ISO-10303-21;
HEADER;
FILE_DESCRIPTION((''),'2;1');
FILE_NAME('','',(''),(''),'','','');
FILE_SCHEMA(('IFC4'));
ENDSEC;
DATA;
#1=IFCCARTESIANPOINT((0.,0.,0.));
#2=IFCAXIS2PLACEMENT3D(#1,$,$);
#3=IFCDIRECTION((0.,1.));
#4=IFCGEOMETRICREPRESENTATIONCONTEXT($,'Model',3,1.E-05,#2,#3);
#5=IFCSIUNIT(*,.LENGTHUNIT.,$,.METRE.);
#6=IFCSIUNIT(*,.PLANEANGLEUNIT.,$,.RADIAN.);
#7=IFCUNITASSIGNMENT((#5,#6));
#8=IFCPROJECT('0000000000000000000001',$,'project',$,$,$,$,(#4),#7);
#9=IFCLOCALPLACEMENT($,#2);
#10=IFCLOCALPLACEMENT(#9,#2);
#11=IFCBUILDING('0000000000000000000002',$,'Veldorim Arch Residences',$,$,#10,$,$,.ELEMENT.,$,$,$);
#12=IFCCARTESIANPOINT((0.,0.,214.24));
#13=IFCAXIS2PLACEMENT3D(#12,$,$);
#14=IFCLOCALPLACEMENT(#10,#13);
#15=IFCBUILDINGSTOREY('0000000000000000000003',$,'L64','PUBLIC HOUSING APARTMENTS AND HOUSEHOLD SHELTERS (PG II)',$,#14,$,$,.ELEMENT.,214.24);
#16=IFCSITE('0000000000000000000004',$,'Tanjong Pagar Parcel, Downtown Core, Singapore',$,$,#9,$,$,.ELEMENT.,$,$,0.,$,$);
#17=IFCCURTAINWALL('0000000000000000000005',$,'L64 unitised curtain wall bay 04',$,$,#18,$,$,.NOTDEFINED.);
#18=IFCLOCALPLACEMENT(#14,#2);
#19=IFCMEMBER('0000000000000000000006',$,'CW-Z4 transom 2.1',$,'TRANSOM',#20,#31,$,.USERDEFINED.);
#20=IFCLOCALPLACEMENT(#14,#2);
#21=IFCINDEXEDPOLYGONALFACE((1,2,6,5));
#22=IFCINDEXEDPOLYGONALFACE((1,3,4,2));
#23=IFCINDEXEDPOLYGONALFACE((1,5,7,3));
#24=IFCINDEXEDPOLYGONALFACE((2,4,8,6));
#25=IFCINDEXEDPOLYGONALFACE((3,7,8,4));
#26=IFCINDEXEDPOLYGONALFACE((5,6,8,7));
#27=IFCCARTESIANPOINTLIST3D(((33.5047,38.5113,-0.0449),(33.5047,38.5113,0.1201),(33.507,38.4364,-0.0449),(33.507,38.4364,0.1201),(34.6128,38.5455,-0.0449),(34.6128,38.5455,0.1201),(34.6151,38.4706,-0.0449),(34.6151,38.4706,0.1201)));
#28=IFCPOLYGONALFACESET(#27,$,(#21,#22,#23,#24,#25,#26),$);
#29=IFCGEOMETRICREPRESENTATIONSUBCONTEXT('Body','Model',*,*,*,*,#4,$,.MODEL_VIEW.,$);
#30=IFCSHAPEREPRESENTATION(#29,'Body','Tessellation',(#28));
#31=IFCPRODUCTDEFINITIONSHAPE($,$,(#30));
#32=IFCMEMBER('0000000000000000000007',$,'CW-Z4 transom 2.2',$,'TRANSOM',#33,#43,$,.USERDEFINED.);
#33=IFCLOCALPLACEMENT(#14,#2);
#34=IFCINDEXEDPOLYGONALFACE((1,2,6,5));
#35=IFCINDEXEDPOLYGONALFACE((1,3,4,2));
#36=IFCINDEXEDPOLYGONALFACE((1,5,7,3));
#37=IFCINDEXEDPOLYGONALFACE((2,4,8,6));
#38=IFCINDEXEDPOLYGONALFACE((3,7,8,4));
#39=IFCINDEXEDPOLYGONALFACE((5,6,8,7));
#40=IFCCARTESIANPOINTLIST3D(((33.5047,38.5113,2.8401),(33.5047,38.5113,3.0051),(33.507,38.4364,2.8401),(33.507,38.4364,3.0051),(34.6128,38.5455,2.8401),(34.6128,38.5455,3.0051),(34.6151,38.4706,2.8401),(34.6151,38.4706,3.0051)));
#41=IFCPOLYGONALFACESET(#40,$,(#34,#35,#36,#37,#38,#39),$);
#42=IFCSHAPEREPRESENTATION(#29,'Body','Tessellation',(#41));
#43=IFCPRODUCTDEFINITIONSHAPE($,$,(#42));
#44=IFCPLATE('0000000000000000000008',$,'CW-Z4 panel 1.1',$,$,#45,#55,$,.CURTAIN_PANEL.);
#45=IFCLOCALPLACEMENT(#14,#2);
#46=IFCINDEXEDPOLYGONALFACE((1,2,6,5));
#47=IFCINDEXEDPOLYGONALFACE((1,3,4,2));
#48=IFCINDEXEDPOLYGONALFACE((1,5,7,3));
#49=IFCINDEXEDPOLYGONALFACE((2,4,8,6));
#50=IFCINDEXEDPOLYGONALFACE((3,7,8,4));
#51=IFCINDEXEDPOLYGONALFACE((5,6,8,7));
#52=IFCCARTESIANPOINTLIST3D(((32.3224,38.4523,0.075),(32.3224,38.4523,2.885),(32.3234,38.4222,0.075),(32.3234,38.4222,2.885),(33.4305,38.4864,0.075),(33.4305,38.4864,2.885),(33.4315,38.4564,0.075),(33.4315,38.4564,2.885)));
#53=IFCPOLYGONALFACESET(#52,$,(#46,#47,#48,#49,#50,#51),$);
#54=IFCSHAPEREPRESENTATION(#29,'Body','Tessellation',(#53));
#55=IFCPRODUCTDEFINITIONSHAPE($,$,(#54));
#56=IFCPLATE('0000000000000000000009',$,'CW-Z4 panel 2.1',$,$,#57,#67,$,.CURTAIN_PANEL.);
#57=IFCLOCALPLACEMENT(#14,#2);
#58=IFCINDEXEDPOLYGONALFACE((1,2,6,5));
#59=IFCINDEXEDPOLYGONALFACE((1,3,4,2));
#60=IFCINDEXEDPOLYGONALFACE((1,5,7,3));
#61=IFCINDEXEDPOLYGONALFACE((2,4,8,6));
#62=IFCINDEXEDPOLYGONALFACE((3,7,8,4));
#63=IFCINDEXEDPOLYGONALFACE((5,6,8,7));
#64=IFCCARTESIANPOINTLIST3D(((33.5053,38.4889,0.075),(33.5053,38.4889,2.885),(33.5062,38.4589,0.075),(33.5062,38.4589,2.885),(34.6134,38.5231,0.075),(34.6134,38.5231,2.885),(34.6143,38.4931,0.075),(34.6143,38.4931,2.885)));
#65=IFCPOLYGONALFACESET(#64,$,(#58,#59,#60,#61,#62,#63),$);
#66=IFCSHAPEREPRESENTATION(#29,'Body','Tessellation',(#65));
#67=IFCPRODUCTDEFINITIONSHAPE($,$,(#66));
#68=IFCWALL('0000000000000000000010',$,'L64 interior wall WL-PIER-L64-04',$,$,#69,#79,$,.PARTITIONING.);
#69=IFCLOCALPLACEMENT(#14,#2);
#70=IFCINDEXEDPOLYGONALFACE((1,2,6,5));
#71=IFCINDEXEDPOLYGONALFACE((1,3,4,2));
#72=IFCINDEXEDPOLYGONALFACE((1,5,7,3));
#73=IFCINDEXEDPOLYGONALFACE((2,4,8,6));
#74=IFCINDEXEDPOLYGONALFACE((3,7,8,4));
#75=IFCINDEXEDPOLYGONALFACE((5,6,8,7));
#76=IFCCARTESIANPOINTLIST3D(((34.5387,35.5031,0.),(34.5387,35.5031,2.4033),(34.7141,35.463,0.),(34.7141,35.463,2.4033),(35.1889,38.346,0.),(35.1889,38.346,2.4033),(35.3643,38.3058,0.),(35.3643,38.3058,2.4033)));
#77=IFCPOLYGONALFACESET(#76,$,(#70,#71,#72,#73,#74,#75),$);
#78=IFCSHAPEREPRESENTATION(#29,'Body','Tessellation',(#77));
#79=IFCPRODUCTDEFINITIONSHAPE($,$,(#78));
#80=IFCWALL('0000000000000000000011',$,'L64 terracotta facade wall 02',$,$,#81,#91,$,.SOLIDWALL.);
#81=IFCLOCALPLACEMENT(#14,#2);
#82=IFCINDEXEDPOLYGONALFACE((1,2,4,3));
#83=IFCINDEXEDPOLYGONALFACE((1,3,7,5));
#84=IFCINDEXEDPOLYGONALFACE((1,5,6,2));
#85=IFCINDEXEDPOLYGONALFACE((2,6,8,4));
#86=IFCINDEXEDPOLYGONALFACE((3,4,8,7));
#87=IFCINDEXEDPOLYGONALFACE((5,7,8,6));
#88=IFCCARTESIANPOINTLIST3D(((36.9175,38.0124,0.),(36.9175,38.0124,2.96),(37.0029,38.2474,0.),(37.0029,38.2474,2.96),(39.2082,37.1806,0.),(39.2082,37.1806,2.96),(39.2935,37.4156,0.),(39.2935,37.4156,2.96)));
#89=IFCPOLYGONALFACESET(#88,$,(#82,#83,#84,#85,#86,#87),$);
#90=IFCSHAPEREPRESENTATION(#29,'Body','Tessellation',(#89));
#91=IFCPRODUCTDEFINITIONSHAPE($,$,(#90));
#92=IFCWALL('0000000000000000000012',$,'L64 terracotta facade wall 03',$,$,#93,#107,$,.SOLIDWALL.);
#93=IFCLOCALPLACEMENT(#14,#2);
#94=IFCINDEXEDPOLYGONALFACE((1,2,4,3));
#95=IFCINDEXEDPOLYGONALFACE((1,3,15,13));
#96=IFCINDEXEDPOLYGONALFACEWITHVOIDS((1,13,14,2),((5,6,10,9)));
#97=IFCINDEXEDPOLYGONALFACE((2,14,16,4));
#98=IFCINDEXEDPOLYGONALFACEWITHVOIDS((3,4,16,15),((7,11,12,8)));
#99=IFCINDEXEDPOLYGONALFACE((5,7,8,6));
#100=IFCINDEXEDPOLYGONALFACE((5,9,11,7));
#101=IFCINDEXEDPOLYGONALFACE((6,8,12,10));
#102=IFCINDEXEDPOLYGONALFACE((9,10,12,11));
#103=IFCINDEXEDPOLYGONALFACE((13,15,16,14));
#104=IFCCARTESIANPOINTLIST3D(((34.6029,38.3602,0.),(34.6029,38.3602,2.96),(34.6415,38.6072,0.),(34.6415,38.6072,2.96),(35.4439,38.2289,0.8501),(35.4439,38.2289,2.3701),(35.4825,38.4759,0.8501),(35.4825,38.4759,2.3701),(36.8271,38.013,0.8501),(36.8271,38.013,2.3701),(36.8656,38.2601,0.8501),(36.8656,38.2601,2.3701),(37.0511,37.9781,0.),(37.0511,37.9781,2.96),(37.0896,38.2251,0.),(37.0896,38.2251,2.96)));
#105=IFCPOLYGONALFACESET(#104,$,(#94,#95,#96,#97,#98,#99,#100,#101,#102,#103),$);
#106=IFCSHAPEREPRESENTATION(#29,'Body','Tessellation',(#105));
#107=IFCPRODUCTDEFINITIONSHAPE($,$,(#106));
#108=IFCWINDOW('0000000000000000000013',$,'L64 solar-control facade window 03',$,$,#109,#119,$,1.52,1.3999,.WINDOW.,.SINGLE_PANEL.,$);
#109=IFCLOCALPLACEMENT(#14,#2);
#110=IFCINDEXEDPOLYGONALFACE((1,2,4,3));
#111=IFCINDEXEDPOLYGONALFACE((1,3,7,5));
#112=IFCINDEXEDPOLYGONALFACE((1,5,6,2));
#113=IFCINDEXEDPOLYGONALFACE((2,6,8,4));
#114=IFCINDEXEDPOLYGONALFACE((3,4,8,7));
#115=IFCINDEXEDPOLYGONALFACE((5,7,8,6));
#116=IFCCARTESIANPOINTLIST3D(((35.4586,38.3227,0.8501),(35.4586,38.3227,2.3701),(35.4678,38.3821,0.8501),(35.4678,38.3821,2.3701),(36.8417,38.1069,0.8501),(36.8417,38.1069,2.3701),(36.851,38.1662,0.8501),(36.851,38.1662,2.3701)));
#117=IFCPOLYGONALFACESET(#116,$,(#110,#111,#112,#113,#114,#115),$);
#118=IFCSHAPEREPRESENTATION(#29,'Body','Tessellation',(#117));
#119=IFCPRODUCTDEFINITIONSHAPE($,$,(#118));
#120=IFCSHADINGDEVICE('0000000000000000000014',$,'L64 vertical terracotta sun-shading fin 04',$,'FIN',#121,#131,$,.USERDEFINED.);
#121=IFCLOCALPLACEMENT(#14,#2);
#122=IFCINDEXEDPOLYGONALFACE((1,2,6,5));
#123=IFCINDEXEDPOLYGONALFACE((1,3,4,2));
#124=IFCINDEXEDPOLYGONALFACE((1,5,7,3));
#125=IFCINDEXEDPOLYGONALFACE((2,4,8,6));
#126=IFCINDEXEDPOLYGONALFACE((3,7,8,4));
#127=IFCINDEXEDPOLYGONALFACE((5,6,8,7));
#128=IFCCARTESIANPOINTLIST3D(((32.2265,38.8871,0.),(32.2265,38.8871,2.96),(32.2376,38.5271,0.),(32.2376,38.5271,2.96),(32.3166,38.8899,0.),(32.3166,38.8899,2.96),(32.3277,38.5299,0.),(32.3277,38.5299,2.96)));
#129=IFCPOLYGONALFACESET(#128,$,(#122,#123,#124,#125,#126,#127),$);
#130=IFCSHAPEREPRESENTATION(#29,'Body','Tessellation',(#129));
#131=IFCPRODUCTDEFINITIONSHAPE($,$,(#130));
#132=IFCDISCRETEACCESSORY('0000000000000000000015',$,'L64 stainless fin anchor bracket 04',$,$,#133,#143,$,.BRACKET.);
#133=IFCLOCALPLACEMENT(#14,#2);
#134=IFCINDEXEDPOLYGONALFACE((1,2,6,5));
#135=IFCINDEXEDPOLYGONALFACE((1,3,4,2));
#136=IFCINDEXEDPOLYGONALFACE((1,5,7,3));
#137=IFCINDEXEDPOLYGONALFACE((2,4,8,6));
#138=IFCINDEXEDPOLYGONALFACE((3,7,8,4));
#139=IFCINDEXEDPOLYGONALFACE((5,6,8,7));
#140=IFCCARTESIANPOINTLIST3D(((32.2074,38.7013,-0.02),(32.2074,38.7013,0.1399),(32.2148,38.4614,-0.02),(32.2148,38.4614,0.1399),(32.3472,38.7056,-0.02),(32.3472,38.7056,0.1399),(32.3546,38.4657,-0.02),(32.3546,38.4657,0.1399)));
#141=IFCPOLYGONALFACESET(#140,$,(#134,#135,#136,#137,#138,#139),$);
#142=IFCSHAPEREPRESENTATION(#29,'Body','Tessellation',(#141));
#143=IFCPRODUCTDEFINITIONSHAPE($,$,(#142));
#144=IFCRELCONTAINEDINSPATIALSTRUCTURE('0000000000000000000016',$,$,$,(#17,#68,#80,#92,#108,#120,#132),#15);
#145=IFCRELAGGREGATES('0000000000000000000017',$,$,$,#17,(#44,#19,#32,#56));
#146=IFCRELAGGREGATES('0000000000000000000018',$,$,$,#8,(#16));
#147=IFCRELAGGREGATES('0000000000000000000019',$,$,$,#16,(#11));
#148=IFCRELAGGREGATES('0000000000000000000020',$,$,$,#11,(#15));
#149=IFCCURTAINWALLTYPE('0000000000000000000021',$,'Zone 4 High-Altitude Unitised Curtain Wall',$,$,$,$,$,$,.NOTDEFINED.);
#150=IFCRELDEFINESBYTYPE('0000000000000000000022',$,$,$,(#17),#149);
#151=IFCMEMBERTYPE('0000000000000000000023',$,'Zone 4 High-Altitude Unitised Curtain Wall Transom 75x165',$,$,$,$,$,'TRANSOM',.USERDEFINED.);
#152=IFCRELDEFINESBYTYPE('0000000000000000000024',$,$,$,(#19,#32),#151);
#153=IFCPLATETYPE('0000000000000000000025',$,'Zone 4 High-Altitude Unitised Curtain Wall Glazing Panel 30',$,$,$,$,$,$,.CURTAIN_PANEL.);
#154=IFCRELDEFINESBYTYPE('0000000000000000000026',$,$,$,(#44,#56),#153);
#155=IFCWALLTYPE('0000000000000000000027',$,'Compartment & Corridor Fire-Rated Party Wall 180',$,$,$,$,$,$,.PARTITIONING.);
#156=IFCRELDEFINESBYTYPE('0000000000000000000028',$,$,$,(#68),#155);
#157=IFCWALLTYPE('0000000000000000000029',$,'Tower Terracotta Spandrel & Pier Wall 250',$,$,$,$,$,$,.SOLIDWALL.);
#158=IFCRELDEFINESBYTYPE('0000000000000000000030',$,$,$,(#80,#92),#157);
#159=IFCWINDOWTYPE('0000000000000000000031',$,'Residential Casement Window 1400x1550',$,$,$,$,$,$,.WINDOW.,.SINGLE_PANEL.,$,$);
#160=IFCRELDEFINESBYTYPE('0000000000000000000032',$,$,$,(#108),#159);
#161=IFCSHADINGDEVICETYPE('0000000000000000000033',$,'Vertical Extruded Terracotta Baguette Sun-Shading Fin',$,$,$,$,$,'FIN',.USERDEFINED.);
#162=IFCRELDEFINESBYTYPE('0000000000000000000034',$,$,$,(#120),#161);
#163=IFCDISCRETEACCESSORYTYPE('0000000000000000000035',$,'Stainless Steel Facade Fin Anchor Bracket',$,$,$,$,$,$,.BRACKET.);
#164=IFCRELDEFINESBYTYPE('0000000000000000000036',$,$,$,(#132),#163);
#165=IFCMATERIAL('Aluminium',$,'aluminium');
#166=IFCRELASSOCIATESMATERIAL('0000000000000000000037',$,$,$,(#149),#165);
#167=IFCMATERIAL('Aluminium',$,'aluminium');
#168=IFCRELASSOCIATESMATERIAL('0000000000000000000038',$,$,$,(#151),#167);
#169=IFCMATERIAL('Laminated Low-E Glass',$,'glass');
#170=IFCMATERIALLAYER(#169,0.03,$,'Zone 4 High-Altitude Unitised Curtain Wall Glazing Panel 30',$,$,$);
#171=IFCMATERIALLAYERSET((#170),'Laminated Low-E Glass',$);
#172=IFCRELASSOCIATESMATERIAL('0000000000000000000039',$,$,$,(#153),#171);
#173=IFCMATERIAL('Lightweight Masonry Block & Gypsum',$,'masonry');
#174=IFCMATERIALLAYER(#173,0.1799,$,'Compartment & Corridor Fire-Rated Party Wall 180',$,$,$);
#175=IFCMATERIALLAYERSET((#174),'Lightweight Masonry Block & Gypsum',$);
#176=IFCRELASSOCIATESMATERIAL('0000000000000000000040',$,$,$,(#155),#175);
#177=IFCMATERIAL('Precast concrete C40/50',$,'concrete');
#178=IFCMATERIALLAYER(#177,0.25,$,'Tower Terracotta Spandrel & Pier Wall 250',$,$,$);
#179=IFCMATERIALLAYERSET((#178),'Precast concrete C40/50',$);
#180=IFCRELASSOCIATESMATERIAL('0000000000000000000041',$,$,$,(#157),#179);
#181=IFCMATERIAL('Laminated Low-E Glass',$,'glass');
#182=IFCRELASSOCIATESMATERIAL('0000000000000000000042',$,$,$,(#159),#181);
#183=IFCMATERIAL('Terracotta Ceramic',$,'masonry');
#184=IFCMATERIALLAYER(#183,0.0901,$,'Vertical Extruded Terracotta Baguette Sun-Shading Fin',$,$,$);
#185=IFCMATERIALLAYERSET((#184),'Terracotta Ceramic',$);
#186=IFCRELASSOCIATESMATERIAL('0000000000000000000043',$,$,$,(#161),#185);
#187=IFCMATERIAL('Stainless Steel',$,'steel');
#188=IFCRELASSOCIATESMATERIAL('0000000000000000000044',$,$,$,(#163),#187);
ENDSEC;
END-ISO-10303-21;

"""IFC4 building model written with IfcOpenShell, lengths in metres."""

from ifc_helpers import new_model, si_unit, direction, frame, frame_2d, origin, origin_2d, place, context, subcontext, project, spatial, rectangle, extrude, material, layer, layer_set, material_profile, profile_set, type_object, element, fill, aggregate, save


model = new_model("IFC4")

# Units and contexts
model_context = context("Model", 3, precision=1e-05, world=origin(), true_north=direction((0.0, 1.0)))
body_context = subcontext(model_context, "Body", "Model", "MODEL_VIEW")
ifc_project = project(units=[si_unit("LENGTHUNIT", "METRE"), si_unit("PLANEANGLEUNIT", "RADIAN")], contexts=[model_context])

# Site, building, storey
site_placement = place(None, origin())
site = spatial("IfcSite", under=ifc_project, at=site_placement, Name="Tanjong Pagar Parcel, Downtown Core, Singapore", CompositionType="ELEMENT", RefElevation=0.0)
building_placement = place(site_placement, origin())
building = spatial("IfcBuilding", under=site, at=building_placement, Name="Veldorim Arch Residences", CompositionType="ELEMENT")
storey_placement = place(building_placement, frame((0.0, 0.0, 214.24)))
storey = spatial("IfcBuildingStorey", under=building, at=storey_placement, Name="L64", Description="PUBLIC HOUSING APARTMENTS AND HOUSEHOLD SHELTERS (PG II)", CompositionType="ELEMENT", Elevation=214.24)

# Shared definitions
ifc_material_1 = material(Name="Aluminium", Category="aluminium")
curtain_wall_type = type_object("IfcCurtainWallType", Name="Zone 4 High-Altitude Unitised Curtain Wall", PredefinedType="NOTDEFINED", material=ifc_material_1)

# Curtain wall, members, plates
curtain_wall_1_placement = place(storey_placement, origin())
curtain_wall_1 = element("IfcCurtainWall", 1, at=curtain_wall_1_placement, inside=storey, type_object=curtain_wall_type, Name="L64 unitised curtain wall bay 04", PredefinedType="NOTDEFINED")
ifc_material_2 = material(Name="Aluminium", Category="aluminium")
ifc_material_profile_1 = material_profile(ifc_material_2, rectangle(XDim=0.075, YDim=0.165, at=origin_2d()), Name="ALU_TRN_75x165")
ifc_profile_set_1 = profile_set([ifc_material_profile_1], Name="Aluminium")
member_type_1 = type_object("IfcMemberType", Name="Zone 4 High-Altitude Unitised Curtain Wall Transom 75x165", ElementType="TRANSOM", PredefinedType="USERDEFINED", material=ifc_profile_set_1)
member_1_placement = place(storey_placement, frame((33.5059, 38.4739, 0.0376), z_axis=(0.999525, 0.030829, 0.0), x_axis=(-0.030829, 0.999525, 0.0)))
member_1 = element("IfcMember", 2, at=member_1_placement, type_object=member_type_1, Name="CW-Z4 transom 2.1", ObjectType="TRANSOM", PredefinedType="USERDEFINED", context=body_context, shape_type="SweptSolid", body=[
    extrude(rectangle(XDim=0.075, YDim=0.165, at=origin_2d()), origin(), (0.0, 0.0, 1.0), 1.1086),
])
member_2_placement = place(storey_placement, frame((33.5059, 38.4739, 2.9226), z_axis=(0.999525, 0.030829, 0.0), x_axis=(-0.030829, 0.999525, 0.0)))
member_2 = element("IfcMember", 3, at=member_2_placement, type_object=member_type_1, Name="CW-Z4 transom 2.2", ObjectType="TRANSOM", PredefinedType="USERDEFINED", context=body_context, shape_type="SweptSolid", body=[
    extrude(rectangle(XDim=0.075, YDim=0.165, at=origin_2d()), origin(), (0.0, 0.0, 1.0), 1.1086),
])
ifc_material_3 = material(Name="Laminated Low-E Glass", Category="glass")
ifc_layer_1 = layer(ifc_material_3, 0.03, Name="Zone 4 High-Altitude Unitised Curtain Wall Glazing Panel 30")
ifc_layer_set_1 = layer_set([ifc_layer_1], Name="Laminated Low-E Glass")
plate_type = type_object("IfcPlateType", Name="Zone 4 High-Altitude Unitised Curtain Wall Glazing Panel 30", PredefinedType="CURTAIN_PANEL", material=ifc_layer_set_1)
plate_1_placement = place(storey_placement, frame((32.877, 38.4543, 0.075), z_axis=(0.0, 0.0, 1.0), x_axis=(0.999525, 0.030835, 0.0)))
plate_1 = element("IfcPlate", 4, at=plate_1_placement, type_object=plate_type, Name="CW-Z4 panel 1.1", PredefinedType="CURTAIN_PANEL", context=body_context, shape_type="SweptSolid", body=[
    extrude(rectangle(XDim=1.1086, YDim=0.03, at=origin_2d()), origin(), (0.0, 0.0, 1.0), 2.8101),
])
plate_2_placement = place(storey_placement, frame((34.0598, 38.491, 0.075), z_axis=(0.0, 0.0, 1.0), x_axis=(0.999525, 0.030835, 0.0)))
plate_2 = element("IfcPlate", 5, at=plate_2_placement, type_object=plate_type, Name="CW-Z4 panel 2.1", PredefinedType="CURTAIN_PANEL", context=body_context, shape_type="SweptSolid", body=[
    extrude(rectangle(XDim=1.1086, YDim=0.03, at=origin_2d()), origin(), (0.0, 0.0, 1.0), 2.8101),
])
aggregate(curtain_wall_1, [plate_1, member_1, member_2, plate_2])

# Walls
ifc_material_4 = material(Name="Lightweight Masonry Block & Gypsum", Category="masonry")
ifc_layer_2 = layer(ifc_material_4, 0.1799, Name="Compartment & Corridor Fire-Rated Party Wall 180")
ifc_layer_set_2 = layer_set([ifc_layer_2], Name="Lightweight Masonry Block & Gypsum")
wall_type_1 = type_object("IfcWallType", Name="Compartment & Corridor Fire-Rated Party Wall 180", PredefinedType="PARTITIONING", material=ifc_layer_set_2)
wall_1_placement = place(storey_placement, frame((34.6265, 35.4832, 0.0), z_axis=(0.0, 0.0, 1.0), x_axis=(0.222945, 0.974831, 0.0)))
element("IfcWall", 6, at=wall_1_placement, inside=storey, type_object=wall_type_1, Name="L64 interior wall WL-PIER-L64-04", PredefinedType="PARTITIONING", context=body_context, shape_type="SweptSolid", body=[
    extrude(rectangle(XDim=2.9163, YDim=0.1799, at=frame_2d((1.458, 0.0))), origin(), (0.0, 0.0, 1.0), 2.4033),
])
ifc_material_5 = material(Name="Precast concrete C40/50", Category="concrete")
ifc_layer_3 = layer(ifc_material_5, 0.25, Name="Tower Terracotta Spandrel & Pier Wall 250")
ifc_layer_set_3 = layer_set([ifc_layer_3], Name="Precast concrete C40/50")
wall_type_2 = type_object("IfcWallType", Name="Tower Terracotta Spandrel & Pier Wall 250", PredefinedType="SOLIDWALL", material=ifc_layer_set_3)
wall_2_placement = place(storey_placement, frame((36.9602, 38.1299, 0.0), z_axis=(0.0, 0.0, 1.0), x_axis=(0.939954, -0.341301, 0.0)))
element("IfcWall", 7, at=wall_2_placement, inside=storey, type_object=wall_type_2, Name="L64 terracotta facade wall 02", PredefinedType="SOLIDWALL", context=body_context, shape_type="SweptSolid", body=[
    extrude(rectangle(XDim=2.437, YDim=0.25, at=frame_2d((1.2185, 0.0))), origin(), (0.0, 0.0, 1.0), 2.96),
])

# Wall, opening, window
wall_3_placement = place(storey_placement, frame((34.6223, 38.4836, 0.0), z_axis=(0.0, 0.0, 1.0), x_axis=(0.98804, -0.154197, 0.0)))
wall_3 = element("IfcWall", 8, at=wall_3_placement, inside=storey, type_object=wall_type_2, Name="L64 terracotta facade wall 03", PredefinedType="SOLIDWALL", context=body_context, shape_type="SweptSolid", body=[
    extrude(rectangle(XDim=2.4778, YDim=0.25, at=frame_2d((1.2388, 0.0))), origin(), (0.0, 0.0, 1.0), 2.96),
])
opening_placement = place(wall_3_placement, frame((0.8511, 0.0, 0.8501)))
opening = element("IfcOpeningElement", 9, at=opening_placement, cuts=wall_3, PredefinedType="OPENING", context=body_context, shape_type="SweptSolid", body=[
    extrude(rectangle(XDim=1.3999, YDim=1.52, at=frame_2d((0.7, 0.76))), frame((0.0, 0.135, 0.0), z_axis=(0.0, -1.0, 0.0), x_axis=(1.0, 0.0, 0.0)), (0.0, 0.0, 1.0), 0.27),
])
ifc_material_6 = material(Name="Laminated Low-E Glass", Category="glass")
window_type = type_object("IfcWindowType", Name="Residential Casement Window 1400x1550", PartitioningType="SINGLE_PANEL", PredefinedType="WINDOW", material=ifc_material_6)
window_placement = place(opening_placement, origin())
window = element("IfcWindow", 10, at=window_placement, inside=storey, type_object=window_type, Name="L64 solar-control facade window 03", OverallHeight=1.52, OverallWidth=1.3999, PartitioningType="SINGLE_PANEL", PredefinedType="WINDOW", context=body_context, shape_type="SweptSolid", body=[
    extrude(rectangle(XDim=1.3999, YDim=1.52, at=frame_2d((0.7, 0.76))), frame((0.0, 0.03, 0.0), z_axis=(0.0, -1.0, 0.0), x_axis=(1.0, 0.0, 0.0)), (0.0, 0.0, 1.0), 0.0601),
])
fill(opening, window)

# Shading device
ifc_material_7 = material(Name="Terracotta Ceramic", Category="masonry")
ifc_layer_4 = layer(ifc_material_7, 0.0901, Name="Vertical Extruded Terracotta Baguette Sun-Shading Fin")
ifc_layer_set_4 = layer_set([ifc_layer_4], Name="Terracotta Ceramic")
shading_device_type = type_object("IfcShadingDeviceType", Name="Vertical Extruded Terracotta Baguette Sun-Shading Fin", ElementType="FIN", PredefinedType="USERDEFINED", material=ifc_layer_set_4)
shading_device_placement = place(storey_placement, frame((32.2771, 38.7085, 0.0), z_axis=(0.0, 0.0, 1.0), x_axis=(0.999523, 0.030887, 0.0)))
element("IfcShadingDevice", 11, at=shading_device_placement, inside=storey, type_object=shading_device_type, Name="L64 vertical terracotta sun-shading fin 04", ObjectType="FIN", PredefinedType="USERDEFINED", context=body_context, shape_type="SweptSolid", body=[
    extrude(rectangle(XDim=0.0901, YDim=0.3601, at=origin_2d()), origin(), (0.0, 0.0, 1.0), 2.96),
])

# Discrete accessory
ifc_material_8 = material(Name="Stainless Steel", Category="steel")
discrete_accessory_type = type_object("IfcDiscreteAccessoryType", Name="Stainless Steel Facade Fin Anchor Bracket", PredefinedType="BRACKET", material=ifc_material_8)
discrete_accessory_placement = place(storey_placement, frame((32.281, 38.5835, -0.02), z_axis=(0.0, 0.0, 1.0), x_axis=(0.999523, 0.030887, 0.0)))
element("IfcDiscreteAccessory", 12, at=discrete_accessory_placement, inside=storey, type_object=discrete_accessory_type, Name="L64 stainless fin anchor bracket 04", PredefinedType="BRACKET", context=body_context, shape_type="SweptSolid", body=[
    extrude(rectangle(XDim=0.1399, YDim=0.24, at=origin_2d()), origin(), (0.0, 0.0, 1.0), 0.1599),
])

save(model, "model.ifc")
